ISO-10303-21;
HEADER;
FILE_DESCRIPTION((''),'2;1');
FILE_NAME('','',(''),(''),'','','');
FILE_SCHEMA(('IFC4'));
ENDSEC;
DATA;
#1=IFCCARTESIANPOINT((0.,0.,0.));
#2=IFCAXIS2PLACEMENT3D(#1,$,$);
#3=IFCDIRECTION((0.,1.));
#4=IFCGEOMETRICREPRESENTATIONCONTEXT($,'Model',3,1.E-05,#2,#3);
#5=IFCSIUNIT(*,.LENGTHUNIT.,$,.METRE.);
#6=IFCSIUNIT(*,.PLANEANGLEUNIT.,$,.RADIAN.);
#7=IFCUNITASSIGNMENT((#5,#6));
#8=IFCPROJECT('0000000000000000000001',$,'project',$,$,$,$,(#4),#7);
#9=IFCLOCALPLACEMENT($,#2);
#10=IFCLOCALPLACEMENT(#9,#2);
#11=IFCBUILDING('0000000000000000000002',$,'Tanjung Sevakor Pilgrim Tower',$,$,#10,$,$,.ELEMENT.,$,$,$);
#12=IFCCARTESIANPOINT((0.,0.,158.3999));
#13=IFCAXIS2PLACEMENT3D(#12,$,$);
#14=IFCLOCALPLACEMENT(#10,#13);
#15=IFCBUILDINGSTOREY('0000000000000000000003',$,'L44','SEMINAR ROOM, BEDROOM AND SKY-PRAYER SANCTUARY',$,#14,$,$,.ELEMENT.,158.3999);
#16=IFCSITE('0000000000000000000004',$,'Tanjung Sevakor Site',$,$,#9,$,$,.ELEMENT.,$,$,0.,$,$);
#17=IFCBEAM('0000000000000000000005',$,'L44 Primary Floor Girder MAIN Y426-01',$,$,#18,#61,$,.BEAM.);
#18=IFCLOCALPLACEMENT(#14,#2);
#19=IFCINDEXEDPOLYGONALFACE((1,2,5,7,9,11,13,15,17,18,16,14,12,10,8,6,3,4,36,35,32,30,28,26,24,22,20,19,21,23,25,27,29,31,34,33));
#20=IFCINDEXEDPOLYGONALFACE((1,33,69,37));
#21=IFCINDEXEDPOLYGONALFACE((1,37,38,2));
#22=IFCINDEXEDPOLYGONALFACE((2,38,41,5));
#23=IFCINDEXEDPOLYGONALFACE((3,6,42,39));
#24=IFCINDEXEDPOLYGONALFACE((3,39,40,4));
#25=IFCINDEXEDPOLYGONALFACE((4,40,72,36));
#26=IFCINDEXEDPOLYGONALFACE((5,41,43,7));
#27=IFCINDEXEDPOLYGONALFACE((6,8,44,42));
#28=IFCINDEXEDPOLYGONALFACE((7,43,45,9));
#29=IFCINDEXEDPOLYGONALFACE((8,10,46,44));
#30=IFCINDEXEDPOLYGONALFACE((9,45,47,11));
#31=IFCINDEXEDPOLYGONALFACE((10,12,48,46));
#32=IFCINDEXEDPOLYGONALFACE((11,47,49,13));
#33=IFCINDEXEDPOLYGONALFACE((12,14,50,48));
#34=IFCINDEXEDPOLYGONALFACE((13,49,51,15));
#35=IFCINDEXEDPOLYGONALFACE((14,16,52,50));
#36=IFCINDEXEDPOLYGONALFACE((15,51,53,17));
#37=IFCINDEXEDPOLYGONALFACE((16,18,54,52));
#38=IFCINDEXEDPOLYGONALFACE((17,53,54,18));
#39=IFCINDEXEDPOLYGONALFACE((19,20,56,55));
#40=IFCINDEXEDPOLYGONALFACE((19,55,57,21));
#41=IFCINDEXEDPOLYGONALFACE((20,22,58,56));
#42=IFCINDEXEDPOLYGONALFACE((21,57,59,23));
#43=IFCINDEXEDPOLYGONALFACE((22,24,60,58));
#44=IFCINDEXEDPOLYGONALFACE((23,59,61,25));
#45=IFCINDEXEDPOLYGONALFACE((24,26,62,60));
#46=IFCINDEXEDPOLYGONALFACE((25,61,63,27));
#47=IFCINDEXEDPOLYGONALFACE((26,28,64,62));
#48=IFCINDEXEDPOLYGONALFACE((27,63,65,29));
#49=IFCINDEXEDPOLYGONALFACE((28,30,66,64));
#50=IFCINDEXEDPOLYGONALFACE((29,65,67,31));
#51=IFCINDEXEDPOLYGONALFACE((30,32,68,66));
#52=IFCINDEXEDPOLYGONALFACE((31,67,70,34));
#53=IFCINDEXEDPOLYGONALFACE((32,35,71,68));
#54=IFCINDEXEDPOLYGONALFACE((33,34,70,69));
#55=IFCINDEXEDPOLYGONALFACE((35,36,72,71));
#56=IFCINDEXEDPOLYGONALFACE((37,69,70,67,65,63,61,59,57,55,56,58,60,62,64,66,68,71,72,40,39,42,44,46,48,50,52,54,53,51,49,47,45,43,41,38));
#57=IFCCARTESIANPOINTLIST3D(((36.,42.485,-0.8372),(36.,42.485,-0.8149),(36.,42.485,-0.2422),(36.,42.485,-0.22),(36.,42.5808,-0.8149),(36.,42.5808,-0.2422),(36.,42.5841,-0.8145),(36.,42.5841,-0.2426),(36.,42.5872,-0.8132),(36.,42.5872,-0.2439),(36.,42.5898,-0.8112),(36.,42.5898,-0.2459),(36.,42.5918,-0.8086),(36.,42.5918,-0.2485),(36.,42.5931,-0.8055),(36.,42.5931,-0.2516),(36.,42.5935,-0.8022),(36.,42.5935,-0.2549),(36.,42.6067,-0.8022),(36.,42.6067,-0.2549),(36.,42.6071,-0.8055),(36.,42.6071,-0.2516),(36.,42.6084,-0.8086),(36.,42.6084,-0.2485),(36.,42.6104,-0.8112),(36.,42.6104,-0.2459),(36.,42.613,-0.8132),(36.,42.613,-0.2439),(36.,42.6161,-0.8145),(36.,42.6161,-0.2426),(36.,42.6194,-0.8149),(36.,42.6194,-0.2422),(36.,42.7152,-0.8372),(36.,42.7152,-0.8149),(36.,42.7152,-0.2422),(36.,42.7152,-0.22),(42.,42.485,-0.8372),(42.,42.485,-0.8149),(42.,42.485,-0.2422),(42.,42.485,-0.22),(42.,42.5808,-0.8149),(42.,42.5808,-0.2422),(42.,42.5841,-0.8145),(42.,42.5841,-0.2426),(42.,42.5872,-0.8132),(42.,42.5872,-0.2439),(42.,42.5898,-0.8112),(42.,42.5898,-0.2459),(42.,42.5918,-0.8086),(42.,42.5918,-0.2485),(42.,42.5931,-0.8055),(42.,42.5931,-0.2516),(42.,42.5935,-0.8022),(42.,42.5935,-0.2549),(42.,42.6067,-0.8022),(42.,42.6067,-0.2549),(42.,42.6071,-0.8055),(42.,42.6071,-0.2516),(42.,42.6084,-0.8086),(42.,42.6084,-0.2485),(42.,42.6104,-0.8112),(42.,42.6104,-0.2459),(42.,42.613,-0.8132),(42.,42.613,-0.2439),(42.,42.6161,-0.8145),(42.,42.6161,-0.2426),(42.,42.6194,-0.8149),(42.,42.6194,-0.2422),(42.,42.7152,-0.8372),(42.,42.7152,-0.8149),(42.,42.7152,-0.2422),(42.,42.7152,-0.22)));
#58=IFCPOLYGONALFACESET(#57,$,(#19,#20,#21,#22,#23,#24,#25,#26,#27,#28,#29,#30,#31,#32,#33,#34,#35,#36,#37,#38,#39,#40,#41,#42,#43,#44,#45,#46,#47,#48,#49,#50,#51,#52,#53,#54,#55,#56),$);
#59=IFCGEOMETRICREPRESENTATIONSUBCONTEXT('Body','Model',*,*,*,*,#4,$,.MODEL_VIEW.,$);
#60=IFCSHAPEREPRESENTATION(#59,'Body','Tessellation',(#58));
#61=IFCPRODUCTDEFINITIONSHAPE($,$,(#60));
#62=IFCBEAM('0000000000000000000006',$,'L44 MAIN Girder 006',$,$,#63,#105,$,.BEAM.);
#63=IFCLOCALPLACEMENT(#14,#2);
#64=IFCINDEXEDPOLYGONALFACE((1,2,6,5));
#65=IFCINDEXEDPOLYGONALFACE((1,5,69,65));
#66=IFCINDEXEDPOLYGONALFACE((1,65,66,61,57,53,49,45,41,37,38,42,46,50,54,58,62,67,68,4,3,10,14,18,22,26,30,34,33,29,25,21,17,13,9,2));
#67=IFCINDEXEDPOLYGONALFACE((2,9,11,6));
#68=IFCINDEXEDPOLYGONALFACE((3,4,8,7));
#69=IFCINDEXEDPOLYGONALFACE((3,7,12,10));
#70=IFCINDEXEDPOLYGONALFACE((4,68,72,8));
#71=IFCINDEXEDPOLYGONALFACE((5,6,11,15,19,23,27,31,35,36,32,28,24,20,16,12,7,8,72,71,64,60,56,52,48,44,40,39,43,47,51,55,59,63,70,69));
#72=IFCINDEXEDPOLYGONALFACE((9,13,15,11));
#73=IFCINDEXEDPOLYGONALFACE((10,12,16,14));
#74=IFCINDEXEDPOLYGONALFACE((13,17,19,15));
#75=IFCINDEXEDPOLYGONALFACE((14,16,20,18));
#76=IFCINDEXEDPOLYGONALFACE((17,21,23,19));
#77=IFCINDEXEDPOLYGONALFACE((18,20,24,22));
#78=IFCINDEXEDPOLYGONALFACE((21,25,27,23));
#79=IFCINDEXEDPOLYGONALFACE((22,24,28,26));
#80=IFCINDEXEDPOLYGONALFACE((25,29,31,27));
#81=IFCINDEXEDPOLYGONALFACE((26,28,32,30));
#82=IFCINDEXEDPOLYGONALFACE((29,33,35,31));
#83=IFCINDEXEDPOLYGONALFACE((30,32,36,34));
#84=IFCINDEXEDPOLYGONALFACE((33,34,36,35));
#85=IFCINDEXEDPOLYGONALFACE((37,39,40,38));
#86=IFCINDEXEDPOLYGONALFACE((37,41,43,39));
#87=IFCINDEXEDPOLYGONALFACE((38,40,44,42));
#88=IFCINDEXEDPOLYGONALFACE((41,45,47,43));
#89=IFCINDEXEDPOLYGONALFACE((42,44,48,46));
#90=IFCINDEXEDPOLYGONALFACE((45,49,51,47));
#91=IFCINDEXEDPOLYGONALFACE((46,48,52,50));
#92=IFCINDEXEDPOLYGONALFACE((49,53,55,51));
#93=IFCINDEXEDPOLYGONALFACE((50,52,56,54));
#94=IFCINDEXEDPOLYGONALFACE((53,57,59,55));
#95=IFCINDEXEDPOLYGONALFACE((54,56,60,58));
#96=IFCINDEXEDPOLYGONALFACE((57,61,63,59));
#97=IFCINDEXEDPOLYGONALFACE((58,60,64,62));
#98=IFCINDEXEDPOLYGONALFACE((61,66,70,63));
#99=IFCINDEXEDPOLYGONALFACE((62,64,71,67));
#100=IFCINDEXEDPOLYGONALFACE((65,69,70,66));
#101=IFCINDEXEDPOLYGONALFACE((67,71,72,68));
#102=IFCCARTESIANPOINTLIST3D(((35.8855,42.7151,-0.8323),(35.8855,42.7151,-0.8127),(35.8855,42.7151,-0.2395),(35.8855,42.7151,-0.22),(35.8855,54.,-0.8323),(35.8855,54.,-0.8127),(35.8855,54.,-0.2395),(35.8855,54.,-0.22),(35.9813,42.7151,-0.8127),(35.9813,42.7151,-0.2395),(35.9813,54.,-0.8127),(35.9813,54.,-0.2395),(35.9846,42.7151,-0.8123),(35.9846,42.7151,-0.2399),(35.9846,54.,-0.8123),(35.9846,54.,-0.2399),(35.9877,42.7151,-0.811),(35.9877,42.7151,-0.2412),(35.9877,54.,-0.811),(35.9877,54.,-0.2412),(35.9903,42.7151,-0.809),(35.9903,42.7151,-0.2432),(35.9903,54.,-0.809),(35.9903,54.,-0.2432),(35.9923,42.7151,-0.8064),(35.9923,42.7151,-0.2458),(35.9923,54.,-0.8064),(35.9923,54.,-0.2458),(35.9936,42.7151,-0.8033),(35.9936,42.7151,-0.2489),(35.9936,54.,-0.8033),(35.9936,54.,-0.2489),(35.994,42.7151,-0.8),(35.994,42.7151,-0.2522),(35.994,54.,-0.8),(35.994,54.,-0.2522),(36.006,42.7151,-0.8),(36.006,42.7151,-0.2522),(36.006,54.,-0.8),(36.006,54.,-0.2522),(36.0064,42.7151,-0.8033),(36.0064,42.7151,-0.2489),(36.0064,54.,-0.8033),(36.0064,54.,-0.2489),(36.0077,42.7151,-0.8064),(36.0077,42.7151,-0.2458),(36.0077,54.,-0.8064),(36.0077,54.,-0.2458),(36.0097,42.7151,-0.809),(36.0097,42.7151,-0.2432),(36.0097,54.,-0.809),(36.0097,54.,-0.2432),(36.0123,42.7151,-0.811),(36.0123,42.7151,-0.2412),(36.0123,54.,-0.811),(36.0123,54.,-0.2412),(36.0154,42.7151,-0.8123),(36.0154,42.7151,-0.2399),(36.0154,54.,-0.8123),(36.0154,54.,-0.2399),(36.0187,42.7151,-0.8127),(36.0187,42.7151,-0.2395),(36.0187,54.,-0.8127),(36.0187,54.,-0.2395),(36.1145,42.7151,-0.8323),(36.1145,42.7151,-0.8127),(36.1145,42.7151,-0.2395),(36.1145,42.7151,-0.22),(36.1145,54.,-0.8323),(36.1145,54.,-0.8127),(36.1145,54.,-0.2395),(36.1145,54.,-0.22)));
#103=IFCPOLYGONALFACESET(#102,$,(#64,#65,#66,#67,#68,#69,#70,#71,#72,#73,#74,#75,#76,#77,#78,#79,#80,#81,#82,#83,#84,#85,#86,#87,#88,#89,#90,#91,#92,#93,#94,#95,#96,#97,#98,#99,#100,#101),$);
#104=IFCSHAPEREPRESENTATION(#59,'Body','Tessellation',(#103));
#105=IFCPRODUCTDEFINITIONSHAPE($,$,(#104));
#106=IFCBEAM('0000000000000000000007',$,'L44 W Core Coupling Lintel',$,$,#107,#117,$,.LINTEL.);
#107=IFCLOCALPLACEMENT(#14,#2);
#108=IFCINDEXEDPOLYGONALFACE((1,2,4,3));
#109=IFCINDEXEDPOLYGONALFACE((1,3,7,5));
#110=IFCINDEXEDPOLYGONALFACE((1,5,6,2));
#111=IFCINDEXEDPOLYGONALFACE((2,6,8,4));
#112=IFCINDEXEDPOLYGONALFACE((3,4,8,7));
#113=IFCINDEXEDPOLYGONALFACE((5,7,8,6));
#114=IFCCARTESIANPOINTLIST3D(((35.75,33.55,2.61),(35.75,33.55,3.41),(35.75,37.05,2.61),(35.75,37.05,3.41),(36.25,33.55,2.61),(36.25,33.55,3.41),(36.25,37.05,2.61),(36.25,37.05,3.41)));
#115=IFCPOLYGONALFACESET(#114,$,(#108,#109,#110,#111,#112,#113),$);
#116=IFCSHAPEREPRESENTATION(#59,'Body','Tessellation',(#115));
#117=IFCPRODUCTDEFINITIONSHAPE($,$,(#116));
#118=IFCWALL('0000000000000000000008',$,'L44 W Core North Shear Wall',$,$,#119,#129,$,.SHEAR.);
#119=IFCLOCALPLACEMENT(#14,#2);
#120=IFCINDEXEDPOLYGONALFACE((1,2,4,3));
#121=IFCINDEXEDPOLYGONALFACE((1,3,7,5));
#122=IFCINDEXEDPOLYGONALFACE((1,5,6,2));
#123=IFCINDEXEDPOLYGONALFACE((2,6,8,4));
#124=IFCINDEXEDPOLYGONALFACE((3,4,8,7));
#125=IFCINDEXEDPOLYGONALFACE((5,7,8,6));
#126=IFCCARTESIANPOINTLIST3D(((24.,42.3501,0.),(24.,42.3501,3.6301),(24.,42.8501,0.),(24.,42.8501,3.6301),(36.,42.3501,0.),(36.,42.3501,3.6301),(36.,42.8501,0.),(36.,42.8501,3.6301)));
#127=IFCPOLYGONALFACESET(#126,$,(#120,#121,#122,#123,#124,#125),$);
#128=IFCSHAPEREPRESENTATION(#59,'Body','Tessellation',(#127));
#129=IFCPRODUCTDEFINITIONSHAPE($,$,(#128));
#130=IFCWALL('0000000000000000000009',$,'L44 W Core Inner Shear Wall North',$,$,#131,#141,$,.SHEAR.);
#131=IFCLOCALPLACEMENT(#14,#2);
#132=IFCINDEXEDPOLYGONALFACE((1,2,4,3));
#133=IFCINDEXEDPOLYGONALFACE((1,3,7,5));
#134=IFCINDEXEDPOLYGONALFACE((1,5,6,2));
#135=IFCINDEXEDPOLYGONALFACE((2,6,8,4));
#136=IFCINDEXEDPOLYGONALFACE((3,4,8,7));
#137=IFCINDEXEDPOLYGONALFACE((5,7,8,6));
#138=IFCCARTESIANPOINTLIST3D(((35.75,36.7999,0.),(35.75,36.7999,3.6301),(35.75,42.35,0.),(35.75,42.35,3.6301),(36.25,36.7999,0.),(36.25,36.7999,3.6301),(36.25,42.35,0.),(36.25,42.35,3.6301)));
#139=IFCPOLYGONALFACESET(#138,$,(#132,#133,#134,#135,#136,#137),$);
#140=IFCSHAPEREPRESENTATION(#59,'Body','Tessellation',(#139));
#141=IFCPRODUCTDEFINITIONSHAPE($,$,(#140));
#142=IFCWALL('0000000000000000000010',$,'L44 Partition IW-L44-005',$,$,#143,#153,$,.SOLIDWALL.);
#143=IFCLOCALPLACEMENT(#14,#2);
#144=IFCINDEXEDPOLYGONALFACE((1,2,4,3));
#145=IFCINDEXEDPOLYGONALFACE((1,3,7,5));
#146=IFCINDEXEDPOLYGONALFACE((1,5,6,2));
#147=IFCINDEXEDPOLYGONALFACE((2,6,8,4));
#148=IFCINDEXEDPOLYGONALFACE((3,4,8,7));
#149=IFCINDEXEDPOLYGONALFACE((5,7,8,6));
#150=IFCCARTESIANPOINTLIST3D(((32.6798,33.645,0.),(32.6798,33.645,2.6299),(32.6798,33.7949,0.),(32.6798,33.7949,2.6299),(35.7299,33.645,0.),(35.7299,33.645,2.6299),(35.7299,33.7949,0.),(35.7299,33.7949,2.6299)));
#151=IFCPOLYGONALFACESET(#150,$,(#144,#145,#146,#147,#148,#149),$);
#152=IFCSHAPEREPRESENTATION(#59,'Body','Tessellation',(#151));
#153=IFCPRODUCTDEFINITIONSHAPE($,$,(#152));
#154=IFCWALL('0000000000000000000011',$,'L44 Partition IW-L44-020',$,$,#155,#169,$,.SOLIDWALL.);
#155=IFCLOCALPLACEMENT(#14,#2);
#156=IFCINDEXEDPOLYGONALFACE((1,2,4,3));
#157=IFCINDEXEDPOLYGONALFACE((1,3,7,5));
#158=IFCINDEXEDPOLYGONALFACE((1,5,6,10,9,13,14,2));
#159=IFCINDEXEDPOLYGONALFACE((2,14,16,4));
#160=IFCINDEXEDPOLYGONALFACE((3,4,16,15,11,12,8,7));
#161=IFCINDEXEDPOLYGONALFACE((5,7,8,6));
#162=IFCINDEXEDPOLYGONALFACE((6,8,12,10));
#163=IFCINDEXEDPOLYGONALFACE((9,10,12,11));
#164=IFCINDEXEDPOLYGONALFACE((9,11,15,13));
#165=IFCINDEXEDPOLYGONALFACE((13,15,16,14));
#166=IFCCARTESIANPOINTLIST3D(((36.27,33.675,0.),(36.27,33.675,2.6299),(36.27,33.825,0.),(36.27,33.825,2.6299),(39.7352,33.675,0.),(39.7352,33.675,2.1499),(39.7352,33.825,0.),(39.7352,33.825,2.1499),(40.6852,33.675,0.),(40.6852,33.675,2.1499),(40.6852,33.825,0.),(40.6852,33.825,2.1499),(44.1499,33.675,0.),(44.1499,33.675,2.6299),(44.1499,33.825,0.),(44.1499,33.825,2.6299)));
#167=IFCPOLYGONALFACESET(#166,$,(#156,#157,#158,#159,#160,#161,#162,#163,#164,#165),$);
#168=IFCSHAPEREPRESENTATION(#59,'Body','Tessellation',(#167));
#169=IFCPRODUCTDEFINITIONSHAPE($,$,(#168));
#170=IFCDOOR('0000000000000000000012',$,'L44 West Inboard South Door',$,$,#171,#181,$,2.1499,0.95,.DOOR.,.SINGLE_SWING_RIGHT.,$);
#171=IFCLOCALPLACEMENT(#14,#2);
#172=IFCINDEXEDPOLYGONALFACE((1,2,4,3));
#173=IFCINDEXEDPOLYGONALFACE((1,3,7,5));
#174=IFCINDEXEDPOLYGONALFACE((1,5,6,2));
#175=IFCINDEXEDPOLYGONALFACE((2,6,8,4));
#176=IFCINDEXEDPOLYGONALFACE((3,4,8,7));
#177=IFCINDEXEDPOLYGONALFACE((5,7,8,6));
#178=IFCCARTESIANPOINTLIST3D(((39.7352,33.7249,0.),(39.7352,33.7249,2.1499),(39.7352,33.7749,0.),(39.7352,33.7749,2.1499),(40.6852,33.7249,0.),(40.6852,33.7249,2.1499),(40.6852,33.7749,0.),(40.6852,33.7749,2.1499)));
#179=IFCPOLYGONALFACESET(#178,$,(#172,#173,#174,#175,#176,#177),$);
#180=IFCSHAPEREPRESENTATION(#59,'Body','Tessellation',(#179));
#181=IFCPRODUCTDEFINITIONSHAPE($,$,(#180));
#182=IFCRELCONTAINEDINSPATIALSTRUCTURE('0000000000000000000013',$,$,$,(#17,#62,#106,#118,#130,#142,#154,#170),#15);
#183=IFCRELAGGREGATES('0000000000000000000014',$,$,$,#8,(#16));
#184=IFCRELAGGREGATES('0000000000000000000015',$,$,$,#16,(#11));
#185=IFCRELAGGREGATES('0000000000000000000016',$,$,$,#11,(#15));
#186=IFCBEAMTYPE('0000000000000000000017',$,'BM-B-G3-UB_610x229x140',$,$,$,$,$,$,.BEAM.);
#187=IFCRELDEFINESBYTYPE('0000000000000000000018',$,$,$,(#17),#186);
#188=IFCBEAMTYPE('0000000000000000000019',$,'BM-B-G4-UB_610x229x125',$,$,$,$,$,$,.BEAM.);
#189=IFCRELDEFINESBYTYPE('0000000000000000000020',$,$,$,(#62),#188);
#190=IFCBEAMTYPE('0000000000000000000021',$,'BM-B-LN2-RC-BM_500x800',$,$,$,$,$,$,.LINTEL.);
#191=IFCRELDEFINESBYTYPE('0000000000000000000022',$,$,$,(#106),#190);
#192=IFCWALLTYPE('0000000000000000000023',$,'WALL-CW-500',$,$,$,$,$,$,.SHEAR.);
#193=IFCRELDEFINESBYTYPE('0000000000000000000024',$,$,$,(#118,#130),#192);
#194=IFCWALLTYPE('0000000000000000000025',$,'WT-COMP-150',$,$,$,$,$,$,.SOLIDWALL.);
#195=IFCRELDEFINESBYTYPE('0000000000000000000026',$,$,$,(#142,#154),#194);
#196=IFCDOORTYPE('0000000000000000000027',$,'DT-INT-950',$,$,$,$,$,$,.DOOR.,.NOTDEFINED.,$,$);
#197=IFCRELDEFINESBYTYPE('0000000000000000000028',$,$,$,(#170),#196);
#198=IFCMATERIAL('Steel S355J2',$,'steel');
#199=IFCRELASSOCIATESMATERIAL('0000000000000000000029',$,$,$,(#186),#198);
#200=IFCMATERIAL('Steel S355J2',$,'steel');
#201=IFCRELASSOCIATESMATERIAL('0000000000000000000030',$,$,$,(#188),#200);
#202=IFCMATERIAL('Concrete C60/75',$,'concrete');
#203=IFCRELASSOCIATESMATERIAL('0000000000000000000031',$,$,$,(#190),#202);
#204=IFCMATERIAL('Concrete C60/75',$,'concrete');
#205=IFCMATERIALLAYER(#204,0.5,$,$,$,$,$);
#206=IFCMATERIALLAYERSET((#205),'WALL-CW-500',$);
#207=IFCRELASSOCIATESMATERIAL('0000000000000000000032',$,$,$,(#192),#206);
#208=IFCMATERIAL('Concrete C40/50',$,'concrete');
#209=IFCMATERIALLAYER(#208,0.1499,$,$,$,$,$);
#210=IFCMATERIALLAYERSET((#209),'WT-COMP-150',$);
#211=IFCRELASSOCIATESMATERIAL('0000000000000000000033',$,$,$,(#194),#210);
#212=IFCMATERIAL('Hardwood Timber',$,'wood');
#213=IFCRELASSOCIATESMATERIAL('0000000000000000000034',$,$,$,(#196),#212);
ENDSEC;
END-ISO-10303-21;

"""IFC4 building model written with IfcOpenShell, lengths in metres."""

from ifc_helpers import new_model, si_unit, direction, frame, frame_2d, origin, origin_2d, place, context, subcontext, project, spatial, rectangle, i_section, extrude, material, layer, layer_set, material_profile, profile_set, type_object, element, fill, save


model = new_model("IFC4")

# Units and contexts
model_context = context("Model", 3, precision=1e-05, world=origin(), true_north=direction((0.0, 1.0)))
body_context = subcontext(model_context, "Body", "Model", "MODEL_VIEW")
ifc_project = project(units=[si_unit("LENGTHUNIT", "METRE"), si_unit("PLANEANGLEUNIT", "RADIAN")], contexts=[model_context])

# Site, building, storey
site_placement = place(None, origin())
site = spatial("IfcSite", under=ifc_project, at=site_placement, Name="Tanjung Sevakor Site", CompositionType="ELEMENT", RefElevation=0.0)
building_placement = place(site_placement, origin())
building = spatial("IfcBuilding", under=site, at=building_placement, Name="Tanjung Sevakor Pilgrim Tower", CompositionType="ELEMENT")
storey_placement = place(building_placement, frame((0.0, 0.0, 158.3999)))
storey = spatial("IfcBuildingStorey", under=building, at=storey_placement, Name="L44", Description="SEMINAR ROOM, BEDROOM AND SKY-PRAYER SANCTUARY", CompositionType="ELEMENT", Elevation=158.3999)

# Beams
ifc_material_1 = material(Name="Steel S355J2", Category="steel")
ifc_material_profile_1 = material_profile(ifc_material_1, i_section(OverallWidth=0.2302, OverallDepth=0.6172, WebThickness=0.0132, FlangeThickness=0.0222, FilletRadius=0.0127, at=origin_2d()))
ifc_profile_set_1 = profile_set([ifc_material_profile_1], Name="Steel S355J2")
beam_type_1 = type_object("IfcBeamType", Name="BM-B-G3-UB_610x229x140", PredefinedType="BEAM", material=ifc_profile_set_1)
beam_1_placement = place(storey_placement, frame((36.0, 42.6001, -0.5286), z_axis=(1.0, 0.0, 0.0), x_axis=(0.0, 1.0, 0.0)))
element("IfcBeam", 1, at=beam_1_placement, inside=storey, type_object=beam_type_1, Name="L44 Primary Floor Girder MAIN Y426-01", PredefinedType="BEAM", context=body_context, shape_type="SweptSolid", body=[
    extrude(i_section(OverallWidth=0.2302, OverallDepth=0.6172, WebThickness=0.0132, FlangeThickness=0.0222, FilletRadius=0.0127, at=origin_2d()), origin(), (0.0, 0.0, 1.0), 6.0),
])
ifc_material_2 = material(Name="Steel S355J2", Category="steel")
ifc_material_profile_2 = material_profile(ifc_material_2, i_section(OverallWidth=0.229, OverallDepth=0.6123, WebThickness=0.012, FlangeThickness=0.0195, FilletRadius=0.0127, at=origin_2d()))
ifc_profile_set_2 = profile_set([ifc_material_profile_2], Name="Steel S355J2")
beam_type_2 = type_object("IfcBeamType", Name="BM-B-G4-UB_610x229x125", PredefinedType="BEAM", material=ifc_profile_set_2)
beam_2_placement = place(storey_placement, frame((36.0, 42.7151, -0.5261), z_axis=(0.0, 1.0, 0.0), x_axis=(-1.0, 0.0, 0.0)))
element("IfcBeam", 2, at=beam_2_placement, inside=storey, type_object=beam_type_2, Name="L44 MAIN Girder 006", PredefinedType="BEAM", context=body_context, shape_type="SweptSolid", body=[
    extrude(i_section(OverallWidth=0.229, OverallDepth=0.6123, WebThickness=0.012, FlangeThickness=0.0195, FilletRadius=0.0127, at=origin_2d()), origin(), (0.0, 0.0, 1.0), 11.2849),
])
ifc_material_3 = material(Name="Concrete C60/75", Category="concrete")
ifc_material_profile_3 = material_profile(ifc_material_3, rectangle(XDim=0.5, YDim=0.8, at=origin_2d()))
ifc_profile_set_3 = profile_set([ifc_material_profile_3], Name="Concrete C60/75")
beam_type_3 = type_object("IfcBeamType", Name="BM-B-LN2-RC-BM_500x800", PredefinedType="LINTEL", material=ifc_profile_set_3)
beam_3_placement = place(storey_placement, frame((36.0, 33.55, 3.01), z_axis=(0.0, 1.0, 0.0), x_axis=(-1.0, 0.0, 0.0)))
element("IfcBeam", 3, at=beam_3_placement, inside=storey, type_object=beam_type_3, Name="L44 W Core Coupling Lintel", PredefinedType="LINTEL", context=body_context, shape_type="SweptSolid", body=[
    extrude(rectangle(XDim=0.5, YDim=0.8, at=origin_2d()), origin(), (0.0, 0.0, 1.0), 3.5),
])

# Walls
ifc_material_4 = material(Name="Concrete C60/75", Category="concrete")
ifc_layer_1 = layer(ifc_material_4, 0.5)
ifc_layer_set_1 = layer_set([ifc_layer_1], Name="WALL-CW-500")
wall_type_1 = type_object("IfcWallType", Name="WALL-CW-500", PredefinedType="SHEAR", material=ifc_layer_set_1)
wall_1_placement = place(storey_placement, frame((36.0, 42.6001, 0.0), z_axis=(0.0, 0.0, 1.0), x_axis=(-1.0, 0.0, 0.0)))
element("IfcWall", 4, at=wall_1_placement, inside=storey, type_object=wall_type_1, Name="L44 W Core North Shear Wall", PredefinedType="SHEAR", context=body_context, shape_type="SweptSolid", body=[
    extrude(rectangle(XDim=12.0, YDim=0.5, at=frame_2d((6.0, 0.0))), origin(), (0.0, 0.0, 1.0), 3.6301),
])
wall_2_placement = place(storey_placement, frame((36.0, 36.8, 0.0), z_axis=(0.0, 0.0, 1.0), x_axis=(0.0, 1.0, 0.0)))
element("IfcWall", 5, at=wall_2_placement, inside=storey, type_object=wall_type_1, Name="L44 W Core Inner Shear Wall North", PredefinedType="SHEAR", context=body_context, shape_type="SweptSolid", body=[
    extrude(rectangle(XDim=5.55, YDim=0.5, at=frame_2d((2.7749, 0.0))), origin(), (0.0, 0.0, 1.0), 3.6301),
])
ifc_material_5 = material(Name="Concrete C40/50", Category="concrete")
ifc_layer_2 = layer(ifc_material_5, 0.1499)
ifc_layer_set_2 = layer_set([ifc_layer_2], Name="WT-COMP-150")
wall_type_2 = type_object("IfcWallType", Name="WT-COMP-150", PredefinedType="SOLIDWALL", material=ifc_layer_set_2)
wall_3_placement = place(storey_placement, frame((32.6799, 33.72, 0.0), z_axis=(0.0, 0.0, 1.0), x_axis=(1.0, 0.0, 0.0)))
element("IfcWall", 6, at=wall_3_placement, inside=storey, type_object=wall_type_2, Name="L44 Partition IW-L44-005", PredefinedType="SOLIDWALL", context=body_context, shape_type="SweptSolid", body=[
    extrude(rectangle(XDim=3.05, YDim=0.1499, at=frame_2d((1.5249, 0.0))), origin(), (0.0, 0.0, 1.0), 2.6299),
])

# Wall, opening, door
wall_4_placement = place(storey_placement, frame((36.27, 33.75, 0.0), z_axis=(0.0, 0.0, 1.0), x_axis=(1.0, 0.0, 0.0)))
wall_4 = element("IfcWall", 7, at=wall_4_placement, inside=storey, type_object=wall_type_2, Name="L44 Partition IW-L44-020", PredefinedType="SOLIDWALL", context=body_context, shape_type="SweptSolid", body=[
    extrude(rectangle(XDim=7.8799, YDim=0.1499, at=frame_2d((3.9399, 0.0))), origin(), (0.0, 0.0, 1.0), 2.6299),
])
opening_1_placement = place(wall_4_placement, frame((3.4651, 0.0, 0.0)))
opening_1 = element("IfcOpeningElement", 8, at=opening_1_placement, cuts=wall_4, PredefinedType="OPENING", context=body_context, shape_type="SweptSolid", body=[
    extrude(rectangle(XDim=0.95, YDim=2.1499, at=frame_2d((0.4751, 1.075))), frame((0.0, 0.085, 0.0), z_axis=(0.0, -1.0, 0.0), x_axis=(1.0, 0.0, 0.0)), (0.0, 0.0, 1.0), 0.1699),
])
ifc_material_6 = material(Name="Hardwood Timber", Category="wood")
door_type_1 = type_object("IfcDoorType", Name="DT-INT-950", OperationType="NOTDEFINED", PredefinedType="DOOR", material=ifc_material_6)
door_1_placement = place(opening_1_placement, origin())
door_1 = element("IfcDoor", 9, at=door_1_placement, inside=storey, type_object=door_type_1, Name="L44 West Inboard South Door", OperationType="SINGLE_SWING_RIGHT", OverallHeight=2.1499, OverallWidth=0.95, PredefinedType="DOOR", context=body_context, shape_type="SweptSolid", body=[
    extrude(rectangle(XDim=0.95, YDim=2.1499, at=frame_2d((0.4751, 1.075))), frame((0.0, 0.0249, 0.0), z_axis=(0.0, -1.0, 0.0), x_axis=(1.0, 0.0, 0.0)), (0.0, 0.0, 1.0), 0.05),
])
fill(opening_1, door_1)

save(model, "model.ifc")
